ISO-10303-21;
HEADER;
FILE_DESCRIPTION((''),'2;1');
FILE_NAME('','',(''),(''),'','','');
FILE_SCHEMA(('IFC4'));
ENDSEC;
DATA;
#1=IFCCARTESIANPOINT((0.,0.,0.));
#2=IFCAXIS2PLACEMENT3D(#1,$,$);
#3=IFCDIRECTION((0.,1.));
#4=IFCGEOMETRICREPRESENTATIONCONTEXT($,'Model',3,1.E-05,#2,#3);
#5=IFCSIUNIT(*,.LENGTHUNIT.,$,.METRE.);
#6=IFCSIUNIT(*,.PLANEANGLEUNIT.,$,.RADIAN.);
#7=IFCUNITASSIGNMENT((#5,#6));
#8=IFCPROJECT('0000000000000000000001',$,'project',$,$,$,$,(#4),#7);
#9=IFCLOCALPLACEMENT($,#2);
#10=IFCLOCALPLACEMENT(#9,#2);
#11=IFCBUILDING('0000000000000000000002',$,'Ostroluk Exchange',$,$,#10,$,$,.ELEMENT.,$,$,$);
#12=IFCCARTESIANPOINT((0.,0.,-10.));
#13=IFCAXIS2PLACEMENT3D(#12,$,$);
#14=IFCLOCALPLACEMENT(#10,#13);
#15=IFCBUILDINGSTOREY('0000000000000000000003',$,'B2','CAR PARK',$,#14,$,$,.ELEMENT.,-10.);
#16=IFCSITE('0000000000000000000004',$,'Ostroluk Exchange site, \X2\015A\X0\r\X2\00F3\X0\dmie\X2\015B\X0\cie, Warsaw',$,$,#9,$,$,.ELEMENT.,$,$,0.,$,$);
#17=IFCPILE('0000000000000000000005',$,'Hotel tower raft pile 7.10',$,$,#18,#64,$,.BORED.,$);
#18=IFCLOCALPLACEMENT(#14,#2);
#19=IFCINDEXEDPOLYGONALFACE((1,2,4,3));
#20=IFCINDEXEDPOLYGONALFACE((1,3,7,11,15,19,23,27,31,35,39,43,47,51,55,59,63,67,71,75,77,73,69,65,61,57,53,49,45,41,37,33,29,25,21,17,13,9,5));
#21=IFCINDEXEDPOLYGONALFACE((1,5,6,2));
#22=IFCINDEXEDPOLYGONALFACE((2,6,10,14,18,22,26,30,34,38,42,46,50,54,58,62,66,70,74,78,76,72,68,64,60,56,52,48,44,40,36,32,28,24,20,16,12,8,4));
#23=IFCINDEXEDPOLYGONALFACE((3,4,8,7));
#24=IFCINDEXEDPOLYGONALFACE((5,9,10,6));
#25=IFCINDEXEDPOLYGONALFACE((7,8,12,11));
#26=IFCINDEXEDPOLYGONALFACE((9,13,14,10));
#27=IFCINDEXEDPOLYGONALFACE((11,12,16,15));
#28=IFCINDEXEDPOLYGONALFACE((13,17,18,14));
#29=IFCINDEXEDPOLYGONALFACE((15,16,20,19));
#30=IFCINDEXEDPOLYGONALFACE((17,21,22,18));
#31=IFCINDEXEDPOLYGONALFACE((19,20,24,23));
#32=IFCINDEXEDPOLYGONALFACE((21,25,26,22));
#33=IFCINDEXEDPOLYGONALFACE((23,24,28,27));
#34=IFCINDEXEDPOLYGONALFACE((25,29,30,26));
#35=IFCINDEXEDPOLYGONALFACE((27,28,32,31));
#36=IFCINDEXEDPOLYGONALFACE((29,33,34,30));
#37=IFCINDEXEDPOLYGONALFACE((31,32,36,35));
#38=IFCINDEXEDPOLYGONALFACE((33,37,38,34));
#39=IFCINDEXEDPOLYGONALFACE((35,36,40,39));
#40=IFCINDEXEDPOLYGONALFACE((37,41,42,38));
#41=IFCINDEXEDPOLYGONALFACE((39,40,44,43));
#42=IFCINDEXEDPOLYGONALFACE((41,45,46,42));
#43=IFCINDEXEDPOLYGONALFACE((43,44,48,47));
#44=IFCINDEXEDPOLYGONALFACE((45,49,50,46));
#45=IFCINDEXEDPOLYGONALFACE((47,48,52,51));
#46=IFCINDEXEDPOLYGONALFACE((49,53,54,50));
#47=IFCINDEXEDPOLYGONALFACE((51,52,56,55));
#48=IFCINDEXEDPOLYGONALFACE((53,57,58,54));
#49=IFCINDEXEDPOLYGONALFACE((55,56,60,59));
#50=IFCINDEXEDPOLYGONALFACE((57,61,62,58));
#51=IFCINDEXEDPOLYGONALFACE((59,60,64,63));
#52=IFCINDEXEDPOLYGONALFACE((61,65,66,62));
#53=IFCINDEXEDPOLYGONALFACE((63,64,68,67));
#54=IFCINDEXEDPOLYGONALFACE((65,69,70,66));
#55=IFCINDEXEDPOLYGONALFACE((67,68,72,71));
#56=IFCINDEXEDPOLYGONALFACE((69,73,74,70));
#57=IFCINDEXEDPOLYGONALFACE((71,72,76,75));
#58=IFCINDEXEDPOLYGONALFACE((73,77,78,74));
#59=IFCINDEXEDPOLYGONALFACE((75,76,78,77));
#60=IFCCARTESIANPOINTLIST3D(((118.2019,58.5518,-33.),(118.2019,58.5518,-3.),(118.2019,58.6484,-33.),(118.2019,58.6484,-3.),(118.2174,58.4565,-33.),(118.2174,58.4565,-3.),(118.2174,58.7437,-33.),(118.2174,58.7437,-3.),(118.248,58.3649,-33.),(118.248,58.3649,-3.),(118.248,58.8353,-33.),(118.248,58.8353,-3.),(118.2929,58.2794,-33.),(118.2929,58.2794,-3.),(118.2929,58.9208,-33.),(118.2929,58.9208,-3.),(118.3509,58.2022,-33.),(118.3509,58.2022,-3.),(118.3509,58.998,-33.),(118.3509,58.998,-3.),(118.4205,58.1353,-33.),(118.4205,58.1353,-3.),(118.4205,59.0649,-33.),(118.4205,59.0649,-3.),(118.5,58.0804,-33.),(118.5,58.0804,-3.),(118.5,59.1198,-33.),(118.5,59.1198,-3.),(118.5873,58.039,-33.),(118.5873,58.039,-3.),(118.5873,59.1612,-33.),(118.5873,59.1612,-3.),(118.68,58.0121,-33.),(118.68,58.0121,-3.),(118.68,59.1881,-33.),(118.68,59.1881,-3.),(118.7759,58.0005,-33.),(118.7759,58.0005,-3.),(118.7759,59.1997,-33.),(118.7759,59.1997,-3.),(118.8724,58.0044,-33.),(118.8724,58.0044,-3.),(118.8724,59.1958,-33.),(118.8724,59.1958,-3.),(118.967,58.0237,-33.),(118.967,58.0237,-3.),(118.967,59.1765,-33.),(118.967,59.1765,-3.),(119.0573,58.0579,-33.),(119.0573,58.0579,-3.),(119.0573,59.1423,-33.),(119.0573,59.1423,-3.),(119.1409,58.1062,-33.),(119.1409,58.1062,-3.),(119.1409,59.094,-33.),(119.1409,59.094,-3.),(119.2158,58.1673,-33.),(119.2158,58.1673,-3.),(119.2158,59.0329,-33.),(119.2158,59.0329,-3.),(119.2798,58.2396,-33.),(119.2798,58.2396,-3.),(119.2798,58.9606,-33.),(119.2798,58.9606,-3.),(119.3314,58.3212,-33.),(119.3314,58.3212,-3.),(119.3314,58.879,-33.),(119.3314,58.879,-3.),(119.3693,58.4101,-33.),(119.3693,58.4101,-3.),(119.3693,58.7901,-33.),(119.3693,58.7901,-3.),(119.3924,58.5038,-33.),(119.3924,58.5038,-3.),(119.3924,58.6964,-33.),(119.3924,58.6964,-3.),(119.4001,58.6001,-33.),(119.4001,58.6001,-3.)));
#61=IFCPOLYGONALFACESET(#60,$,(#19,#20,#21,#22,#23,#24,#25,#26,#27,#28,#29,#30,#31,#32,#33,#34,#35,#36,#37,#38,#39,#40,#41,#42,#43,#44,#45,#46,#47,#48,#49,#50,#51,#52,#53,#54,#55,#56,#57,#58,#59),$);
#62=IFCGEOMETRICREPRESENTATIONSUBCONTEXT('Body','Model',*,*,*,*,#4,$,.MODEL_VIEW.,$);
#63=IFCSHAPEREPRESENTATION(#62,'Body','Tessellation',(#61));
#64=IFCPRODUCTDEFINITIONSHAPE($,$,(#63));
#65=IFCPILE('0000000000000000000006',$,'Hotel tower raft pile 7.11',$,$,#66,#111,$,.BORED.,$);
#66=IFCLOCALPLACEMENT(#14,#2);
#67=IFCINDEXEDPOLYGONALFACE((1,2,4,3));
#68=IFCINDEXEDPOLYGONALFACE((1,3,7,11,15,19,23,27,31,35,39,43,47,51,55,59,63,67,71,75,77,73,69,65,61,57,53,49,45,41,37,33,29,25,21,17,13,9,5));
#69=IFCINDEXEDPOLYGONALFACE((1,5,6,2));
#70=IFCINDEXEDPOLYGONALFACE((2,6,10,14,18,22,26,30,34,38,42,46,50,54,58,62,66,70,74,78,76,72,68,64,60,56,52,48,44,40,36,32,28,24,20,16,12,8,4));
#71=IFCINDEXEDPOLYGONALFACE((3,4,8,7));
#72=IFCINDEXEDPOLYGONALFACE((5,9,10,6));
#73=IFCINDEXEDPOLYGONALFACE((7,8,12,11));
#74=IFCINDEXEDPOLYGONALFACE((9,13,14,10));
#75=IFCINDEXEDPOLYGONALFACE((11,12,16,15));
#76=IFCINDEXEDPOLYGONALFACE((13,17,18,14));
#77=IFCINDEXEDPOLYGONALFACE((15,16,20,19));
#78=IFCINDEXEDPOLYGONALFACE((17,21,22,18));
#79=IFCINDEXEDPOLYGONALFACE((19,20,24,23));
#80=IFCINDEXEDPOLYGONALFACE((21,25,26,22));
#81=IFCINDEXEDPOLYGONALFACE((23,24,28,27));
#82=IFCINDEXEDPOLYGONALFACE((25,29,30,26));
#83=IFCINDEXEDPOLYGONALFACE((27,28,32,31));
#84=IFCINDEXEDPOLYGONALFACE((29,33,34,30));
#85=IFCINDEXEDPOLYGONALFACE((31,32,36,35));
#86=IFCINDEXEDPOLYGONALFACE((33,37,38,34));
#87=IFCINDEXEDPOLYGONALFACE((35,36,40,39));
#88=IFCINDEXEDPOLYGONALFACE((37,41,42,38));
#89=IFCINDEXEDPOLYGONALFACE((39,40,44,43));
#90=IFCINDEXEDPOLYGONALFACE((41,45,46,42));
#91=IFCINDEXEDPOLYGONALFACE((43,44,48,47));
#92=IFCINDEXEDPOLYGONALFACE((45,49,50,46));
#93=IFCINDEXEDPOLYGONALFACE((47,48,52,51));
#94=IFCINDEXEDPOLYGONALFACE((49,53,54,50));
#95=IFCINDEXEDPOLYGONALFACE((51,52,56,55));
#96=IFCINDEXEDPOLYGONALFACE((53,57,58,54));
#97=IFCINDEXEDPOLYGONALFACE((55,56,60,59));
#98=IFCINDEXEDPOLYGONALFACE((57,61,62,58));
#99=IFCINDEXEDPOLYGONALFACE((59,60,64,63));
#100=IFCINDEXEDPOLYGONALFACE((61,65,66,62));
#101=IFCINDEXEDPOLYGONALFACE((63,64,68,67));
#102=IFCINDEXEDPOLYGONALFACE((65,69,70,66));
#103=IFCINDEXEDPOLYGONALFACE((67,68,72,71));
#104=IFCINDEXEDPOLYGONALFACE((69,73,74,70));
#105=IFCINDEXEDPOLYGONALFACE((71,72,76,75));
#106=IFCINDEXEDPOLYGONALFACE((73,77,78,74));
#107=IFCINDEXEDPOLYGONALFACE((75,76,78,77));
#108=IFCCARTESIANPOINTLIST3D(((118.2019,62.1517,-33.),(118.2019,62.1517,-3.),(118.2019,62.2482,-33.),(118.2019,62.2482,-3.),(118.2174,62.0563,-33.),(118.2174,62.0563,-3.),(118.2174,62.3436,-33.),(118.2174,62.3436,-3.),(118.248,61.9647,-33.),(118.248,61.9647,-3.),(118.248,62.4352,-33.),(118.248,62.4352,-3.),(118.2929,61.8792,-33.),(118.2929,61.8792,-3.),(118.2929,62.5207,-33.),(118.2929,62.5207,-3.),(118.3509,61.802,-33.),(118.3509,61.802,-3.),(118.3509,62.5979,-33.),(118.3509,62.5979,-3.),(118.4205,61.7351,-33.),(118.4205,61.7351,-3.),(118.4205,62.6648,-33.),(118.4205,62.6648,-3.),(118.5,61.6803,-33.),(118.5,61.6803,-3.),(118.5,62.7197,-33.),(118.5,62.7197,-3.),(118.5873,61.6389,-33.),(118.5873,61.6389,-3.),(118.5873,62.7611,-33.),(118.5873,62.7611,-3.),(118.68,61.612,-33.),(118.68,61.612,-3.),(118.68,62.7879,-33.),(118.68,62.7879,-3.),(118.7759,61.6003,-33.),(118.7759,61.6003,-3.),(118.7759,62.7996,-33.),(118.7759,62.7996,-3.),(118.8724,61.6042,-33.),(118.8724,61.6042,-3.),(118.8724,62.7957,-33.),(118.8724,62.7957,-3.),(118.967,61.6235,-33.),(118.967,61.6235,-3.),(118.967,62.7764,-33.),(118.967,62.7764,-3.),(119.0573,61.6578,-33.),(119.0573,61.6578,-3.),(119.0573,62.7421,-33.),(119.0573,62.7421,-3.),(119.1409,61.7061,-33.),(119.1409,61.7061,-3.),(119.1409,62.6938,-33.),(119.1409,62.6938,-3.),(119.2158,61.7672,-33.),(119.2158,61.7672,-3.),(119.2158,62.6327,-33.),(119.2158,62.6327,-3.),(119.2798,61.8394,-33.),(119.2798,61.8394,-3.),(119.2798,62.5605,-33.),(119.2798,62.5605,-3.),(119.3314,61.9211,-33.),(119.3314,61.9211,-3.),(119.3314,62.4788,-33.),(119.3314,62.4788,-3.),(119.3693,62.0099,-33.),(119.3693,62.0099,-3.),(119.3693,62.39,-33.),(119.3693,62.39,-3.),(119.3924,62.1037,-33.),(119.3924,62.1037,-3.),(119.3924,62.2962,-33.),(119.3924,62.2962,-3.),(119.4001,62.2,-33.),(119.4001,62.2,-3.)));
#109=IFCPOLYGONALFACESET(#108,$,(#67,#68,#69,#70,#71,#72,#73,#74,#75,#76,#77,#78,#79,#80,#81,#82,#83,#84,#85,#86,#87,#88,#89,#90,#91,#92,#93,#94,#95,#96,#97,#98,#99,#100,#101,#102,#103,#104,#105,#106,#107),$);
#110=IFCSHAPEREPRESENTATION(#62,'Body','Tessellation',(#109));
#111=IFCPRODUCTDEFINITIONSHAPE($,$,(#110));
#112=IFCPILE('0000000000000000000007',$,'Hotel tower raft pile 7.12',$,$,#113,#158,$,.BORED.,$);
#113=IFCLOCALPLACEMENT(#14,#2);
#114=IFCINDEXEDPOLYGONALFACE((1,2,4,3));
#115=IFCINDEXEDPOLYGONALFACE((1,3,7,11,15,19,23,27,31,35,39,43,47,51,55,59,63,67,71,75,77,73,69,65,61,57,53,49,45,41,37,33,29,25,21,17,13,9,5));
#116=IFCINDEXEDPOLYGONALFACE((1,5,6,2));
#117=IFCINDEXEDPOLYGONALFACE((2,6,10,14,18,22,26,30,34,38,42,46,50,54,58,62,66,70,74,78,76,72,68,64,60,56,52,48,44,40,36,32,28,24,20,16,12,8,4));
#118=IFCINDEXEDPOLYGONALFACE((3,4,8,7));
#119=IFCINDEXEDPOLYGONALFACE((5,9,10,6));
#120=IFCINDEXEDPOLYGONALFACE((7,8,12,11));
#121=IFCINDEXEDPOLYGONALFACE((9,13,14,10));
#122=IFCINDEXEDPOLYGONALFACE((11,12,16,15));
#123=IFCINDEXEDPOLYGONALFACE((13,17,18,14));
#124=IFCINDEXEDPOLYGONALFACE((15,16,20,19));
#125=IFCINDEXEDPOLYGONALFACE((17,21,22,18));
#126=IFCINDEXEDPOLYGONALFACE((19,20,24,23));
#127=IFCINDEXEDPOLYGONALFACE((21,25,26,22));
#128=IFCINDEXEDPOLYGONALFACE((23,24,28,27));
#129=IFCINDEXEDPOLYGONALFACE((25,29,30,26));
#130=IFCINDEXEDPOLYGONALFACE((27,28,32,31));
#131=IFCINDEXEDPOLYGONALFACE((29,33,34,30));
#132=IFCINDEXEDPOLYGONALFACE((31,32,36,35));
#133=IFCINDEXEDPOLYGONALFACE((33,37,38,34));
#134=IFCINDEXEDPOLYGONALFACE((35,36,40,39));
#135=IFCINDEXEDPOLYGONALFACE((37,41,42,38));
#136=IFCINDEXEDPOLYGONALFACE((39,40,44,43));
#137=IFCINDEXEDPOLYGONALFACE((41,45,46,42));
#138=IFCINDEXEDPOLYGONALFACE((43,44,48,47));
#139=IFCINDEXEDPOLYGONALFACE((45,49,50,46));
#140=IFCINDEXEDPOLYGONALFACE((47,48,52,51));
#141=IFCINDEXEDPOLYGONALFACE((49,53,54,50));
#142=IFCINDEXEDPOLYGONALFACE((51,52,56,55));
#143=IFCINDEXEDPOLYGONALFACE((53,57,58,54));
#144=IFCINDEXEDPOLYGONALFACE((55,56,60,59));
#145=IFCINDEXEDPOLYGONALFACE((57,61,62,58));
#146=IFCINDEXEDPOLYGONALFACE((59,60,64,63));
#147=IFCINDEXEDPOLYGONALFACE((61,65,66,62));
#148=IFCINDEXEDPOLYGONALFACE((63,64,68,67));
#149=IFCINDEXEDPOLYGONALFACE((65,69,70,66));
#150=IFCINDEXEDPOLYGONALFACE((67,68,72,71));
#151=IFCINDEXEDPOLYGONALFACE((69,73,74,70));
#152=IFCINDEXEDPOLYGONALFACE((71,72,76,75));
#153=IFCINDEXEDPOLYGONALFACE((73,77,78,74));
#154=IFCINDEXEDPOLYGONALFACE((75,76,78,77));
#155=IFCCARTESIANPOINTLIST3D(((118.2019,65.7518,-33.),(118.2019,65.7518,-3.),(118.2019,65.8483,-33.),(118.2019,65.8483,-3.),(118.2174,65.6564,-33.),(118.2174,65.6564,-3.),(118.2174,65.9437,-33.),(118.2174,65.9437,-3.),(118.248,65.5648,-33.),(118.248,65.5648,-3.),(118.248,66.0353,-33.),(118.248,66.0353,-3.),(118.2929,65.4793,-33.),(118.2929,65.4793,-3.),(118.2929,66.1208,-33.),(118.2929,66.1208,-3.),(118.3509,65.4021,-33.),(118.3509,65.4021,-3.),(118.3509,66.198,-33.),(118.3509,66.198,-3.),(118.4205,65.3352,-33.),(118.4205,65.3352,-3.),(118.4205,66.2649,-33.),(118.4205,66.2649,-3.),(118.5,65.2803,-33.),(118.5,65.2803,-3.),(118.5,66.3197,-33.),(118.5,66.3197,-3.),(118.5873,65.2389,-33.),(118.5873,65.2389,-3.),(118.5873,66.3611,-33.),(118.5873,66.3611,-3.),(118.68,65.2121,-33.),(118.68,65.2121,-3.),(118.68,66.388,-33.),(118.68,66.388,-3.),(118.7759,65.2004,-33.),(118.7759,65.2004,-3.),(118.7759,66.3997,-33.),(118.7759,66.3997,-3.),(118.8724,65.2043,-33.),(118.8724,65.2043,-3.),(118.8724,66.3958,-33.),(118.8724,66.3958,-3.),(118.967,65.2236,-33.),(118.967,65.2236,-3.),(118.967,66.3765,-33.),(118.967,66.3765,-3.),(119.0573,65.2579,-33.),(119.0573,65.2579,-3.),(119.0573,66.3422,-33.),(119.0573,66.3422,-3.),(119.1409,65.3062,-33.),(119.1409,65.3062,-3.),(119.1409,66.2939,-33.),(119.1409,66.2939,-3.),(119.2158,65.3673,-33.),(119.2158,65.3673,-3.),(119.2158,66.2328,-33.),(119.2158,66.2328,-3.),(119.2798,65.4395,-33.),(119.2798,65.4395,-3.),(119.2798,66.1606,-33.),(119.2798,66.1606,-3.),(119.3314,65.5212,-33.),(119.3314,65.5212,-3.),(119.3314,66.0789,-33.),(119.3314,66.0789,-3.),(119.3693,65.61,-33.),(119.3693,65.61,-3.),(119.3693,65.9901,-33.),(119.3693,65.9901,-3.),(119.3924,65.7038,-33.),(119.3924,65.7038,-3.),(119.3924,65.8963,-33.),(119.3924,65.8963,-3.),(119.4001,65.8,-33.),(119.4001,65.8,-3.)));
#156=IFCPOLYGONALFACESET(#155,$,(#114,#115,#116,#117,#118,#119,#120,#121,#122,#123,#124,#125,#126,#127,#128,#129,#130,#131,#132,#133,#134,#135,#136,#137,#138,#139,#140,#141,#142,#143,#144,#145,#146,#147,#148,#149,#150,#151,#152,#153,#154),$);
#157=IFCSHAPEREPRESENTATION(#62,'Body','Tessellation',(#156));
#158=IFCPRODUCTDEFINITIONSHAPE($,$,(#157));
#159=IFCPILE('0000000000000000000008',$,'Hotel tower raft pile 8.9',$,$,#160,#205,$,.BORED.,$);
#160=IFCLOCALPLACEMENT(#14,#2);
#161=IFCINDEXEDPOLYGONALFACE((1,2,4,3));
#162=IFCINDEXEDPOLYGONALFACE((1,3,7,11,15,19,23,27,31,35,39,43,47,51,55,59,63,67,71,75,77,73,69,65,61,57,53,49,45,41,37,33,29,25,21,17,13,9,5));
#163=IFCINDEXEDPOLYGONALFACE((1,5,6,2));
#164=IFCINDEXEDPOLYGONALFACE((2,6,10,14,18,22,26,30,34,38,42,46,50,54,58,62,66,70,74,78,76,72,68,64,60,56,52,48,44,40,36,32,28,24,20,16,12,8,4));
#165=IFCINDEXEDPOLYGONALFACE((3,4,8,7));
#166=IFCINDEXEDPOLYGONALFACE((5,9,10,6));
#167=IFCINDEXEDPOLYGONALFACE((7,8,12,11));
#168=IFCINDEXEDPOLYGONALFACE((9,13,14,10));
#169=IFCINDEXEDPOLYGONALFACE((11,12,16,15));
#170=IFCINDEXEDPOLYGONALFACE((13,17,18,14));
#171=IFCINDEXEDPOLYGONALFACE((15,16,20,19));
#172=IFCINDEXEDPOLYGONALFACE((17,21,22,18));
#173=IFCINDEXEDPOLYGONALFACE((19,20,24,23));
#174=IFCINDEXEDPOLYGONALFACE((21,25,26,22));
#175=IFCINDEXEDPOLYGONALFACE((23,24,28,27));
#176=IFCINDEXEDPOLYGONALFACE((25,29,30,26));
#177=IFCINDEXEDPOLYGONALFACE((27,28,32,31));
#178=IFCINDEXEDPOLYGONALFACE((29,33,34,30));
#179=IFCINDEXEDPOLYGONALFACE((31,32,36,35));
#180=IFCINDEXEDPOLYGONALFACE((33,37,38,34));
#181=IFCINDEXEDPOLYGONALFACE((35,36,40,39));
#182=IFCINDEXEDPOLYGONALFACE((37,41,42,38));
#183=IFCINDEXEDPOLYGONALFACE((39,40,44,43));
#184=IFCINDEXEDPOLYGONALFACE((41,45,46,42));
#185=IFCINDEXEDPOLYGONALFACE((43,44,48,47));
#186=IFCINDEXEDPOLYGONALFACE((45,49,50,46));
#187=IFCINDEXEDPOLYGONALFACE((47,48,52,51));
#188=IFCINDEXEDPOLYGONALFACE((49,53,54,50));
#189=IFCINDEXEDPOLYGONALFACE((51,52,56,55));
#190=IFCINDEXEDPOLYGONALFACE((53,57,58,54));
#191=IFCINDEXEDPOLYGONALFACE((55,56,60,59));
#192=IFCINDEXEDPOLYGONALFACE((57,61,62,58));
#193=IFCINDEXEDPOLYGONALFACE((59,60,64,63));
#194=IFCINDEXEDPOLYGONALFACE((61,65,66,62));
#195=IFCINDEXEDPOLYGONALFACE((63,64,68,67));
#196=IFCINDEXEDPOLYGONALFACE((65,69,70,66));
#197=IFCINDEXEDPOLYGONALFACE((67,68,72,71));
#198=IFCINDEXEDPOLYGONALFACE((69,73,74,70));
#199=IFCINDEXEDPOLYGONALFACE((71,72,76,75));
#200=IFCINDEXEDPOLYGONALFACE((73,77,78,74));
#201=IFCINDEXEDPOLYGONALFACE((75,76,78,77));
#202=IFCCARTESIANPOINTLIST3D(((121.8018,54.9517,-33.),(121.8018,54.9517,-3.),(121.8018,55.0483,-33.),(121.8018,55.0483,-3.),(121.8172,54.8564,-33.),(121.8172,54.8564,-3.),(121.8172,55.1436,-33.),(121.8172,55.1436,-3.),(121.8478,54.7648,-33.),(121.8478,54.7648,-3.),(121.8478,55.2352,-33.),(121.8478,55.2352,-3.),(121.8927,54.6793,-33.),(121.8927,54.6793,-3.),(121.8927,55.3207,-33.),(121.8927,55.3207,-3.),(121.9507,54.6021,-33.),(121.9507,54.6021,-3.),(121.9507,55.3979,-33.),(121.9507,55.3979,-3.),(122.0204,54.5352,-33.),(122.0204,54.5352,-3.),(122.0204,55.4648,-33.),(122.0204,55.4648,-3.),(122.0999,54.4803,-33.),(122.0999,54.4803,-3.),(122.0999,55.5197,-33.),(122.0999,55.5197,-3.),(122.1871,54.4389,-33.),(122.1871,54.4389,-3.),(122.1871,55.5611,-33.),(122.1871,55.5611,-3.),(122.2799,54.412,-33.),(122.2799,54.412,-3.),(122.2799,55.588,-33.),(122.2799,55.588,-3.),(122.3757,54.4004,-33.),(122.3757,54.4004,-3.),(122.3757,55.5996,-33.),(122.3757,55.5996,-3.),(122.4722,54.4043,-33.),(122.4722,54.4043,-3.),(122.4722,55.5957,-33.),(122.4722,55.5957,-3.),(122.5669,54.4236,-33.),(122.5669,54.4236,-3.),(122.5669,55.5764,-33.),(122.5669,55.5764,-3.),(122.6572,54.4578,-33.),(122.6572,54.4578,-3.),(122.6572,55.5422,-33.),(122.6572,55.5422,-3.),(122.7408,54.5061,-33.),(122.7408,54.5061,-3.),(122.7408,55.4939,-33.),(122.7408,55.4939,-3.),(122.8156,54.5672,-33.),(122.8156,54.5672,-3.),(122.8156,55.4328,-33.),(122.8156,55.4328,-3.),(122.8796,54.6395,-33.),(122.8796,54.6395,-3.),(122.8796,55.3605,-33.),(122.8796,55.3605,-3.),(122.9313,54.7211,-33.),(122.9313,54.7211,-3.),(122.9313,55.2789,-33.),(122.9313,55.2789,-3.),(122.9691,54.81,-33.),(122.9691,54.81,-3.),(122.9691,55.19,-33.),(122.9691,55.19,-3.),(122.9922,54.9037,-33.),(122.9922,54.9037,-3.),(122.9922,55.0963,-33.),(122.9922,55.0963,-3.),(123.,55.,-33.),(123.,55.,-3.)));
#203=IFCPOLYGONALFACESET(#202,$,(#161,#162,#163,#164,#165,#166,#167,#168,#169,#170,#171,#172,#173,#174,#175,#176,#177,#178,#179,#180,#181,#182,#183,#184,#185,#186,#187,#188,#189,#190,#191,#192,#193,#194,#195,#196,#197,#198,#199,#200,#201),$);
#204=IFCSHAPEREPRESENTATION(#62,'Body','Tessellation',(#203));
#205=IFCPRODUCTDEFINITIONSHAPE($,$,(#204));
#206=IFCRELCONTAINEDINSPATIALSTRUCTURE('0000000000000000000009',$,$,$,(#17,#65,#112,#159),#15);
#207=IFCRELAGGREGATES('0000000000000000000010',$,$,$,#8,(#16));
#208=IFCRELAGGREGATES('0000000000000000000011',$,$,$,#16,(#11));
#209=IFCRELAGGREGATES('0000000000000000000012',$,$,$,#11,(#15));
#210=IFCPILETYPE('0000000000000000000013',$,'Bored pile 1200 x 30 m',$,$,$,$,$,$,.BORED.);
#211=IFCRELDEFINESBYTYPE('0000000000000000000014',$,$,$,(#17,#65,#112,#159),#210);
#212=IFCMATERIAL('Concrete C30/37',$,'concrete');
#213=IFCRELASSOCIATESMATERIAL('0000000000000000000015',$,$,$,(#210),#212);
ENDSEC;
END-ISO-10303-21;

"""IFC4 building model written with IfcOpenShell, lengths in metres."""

from ifc_helpers import new_model, si_unit, direction, frame, origin, origin_2d, place, context, subcontext, project, spatial, circle, extrude, material, type_object, element, save


model = new_model("IFC4")

# Units and contexts
model_context = context("Model", 3, precision=1e-05, world=origin(), true_north=direction((0.0, 1.0)))
body_context = subcontext(model_context, "Body", "Model", "MODEL_VIEW")
ifc_project = project(units=[si_unit("LENGTHUNIT", "METRE"), si_unit("PLANEANGLEUNIT", "RADIAN")], contexts=[model_context])

# Site, building, storey
site_placement = place(None, origin())
site = spatial("IfcSite", under=ifc_project, at=site_placement, Name="Ostroluk Exchange site, Śródmieście, Warsaw", CompositionType="ELEMENT", RefElevation=0.0)
building_placement = place(site_placement, origin())
building = spatial("IfcBuilding", under=site, at=building_placement, Name="Ostroluk Exchange", CompositionType="ELEMENT")
storey_placement = place(building_placement, frame((0.0, 0.0, -10.0)))
storey = spatial("IfcBuildingStorey", under=building, at=storey_placement, Name="B2", Description="CAR PARK", CompositionType="ELEMENT", Elevation=-10.0)

# Piles
ifc_material_1 = material(Name="Concrete C30/37", Category="concrete")
pile_type_1 = type_object("IfcPileType", Name="Bored pile 1200 x 30 m", PredefinedType="BORED", material=ifc_material_1)
for number, where, z_axis, x_axis, name in (
    (1, (118.8, 58.6001, -3.0), (0.0, 0.0, -1.0), (1.0, 0.0, 0.0), "Hotel tower raft pile 7.10"),
    (2, (118.8, 62.2, -3.0), (0.0, 0.0, -1.0), (1.0, 0.0, 0.0), "Hotel tower raft pile 7.11"),
    (3, (118.8, 65.8, -3.0), (0.0, 0.0, -1.0), (1.0, 0.0, 0.0), "Hotel tower raft pile 7.12"),
    (4, (122.3999, 55.0, -3.0), (0.0, 0.0, -1.0), (1.0, 0.0, 0.0), "Hotel tower raft pile 8.9"),
):
    element("IfcPile", number, at=place(storey_placement, frame(where, z_axis=z_axis, x_axis=x_axis)), inside=storey, type_object=pile_type_1, Name=name, PredefinedType="BORED", context=body_context, shape_type="SweptSolid", body=[
        extrude(circle(Radius=0.6001, at=origin_2d()), origin(), (0.0, 0.0, 1.0), 30.0),
    ])

save(model, "model.ifc")
